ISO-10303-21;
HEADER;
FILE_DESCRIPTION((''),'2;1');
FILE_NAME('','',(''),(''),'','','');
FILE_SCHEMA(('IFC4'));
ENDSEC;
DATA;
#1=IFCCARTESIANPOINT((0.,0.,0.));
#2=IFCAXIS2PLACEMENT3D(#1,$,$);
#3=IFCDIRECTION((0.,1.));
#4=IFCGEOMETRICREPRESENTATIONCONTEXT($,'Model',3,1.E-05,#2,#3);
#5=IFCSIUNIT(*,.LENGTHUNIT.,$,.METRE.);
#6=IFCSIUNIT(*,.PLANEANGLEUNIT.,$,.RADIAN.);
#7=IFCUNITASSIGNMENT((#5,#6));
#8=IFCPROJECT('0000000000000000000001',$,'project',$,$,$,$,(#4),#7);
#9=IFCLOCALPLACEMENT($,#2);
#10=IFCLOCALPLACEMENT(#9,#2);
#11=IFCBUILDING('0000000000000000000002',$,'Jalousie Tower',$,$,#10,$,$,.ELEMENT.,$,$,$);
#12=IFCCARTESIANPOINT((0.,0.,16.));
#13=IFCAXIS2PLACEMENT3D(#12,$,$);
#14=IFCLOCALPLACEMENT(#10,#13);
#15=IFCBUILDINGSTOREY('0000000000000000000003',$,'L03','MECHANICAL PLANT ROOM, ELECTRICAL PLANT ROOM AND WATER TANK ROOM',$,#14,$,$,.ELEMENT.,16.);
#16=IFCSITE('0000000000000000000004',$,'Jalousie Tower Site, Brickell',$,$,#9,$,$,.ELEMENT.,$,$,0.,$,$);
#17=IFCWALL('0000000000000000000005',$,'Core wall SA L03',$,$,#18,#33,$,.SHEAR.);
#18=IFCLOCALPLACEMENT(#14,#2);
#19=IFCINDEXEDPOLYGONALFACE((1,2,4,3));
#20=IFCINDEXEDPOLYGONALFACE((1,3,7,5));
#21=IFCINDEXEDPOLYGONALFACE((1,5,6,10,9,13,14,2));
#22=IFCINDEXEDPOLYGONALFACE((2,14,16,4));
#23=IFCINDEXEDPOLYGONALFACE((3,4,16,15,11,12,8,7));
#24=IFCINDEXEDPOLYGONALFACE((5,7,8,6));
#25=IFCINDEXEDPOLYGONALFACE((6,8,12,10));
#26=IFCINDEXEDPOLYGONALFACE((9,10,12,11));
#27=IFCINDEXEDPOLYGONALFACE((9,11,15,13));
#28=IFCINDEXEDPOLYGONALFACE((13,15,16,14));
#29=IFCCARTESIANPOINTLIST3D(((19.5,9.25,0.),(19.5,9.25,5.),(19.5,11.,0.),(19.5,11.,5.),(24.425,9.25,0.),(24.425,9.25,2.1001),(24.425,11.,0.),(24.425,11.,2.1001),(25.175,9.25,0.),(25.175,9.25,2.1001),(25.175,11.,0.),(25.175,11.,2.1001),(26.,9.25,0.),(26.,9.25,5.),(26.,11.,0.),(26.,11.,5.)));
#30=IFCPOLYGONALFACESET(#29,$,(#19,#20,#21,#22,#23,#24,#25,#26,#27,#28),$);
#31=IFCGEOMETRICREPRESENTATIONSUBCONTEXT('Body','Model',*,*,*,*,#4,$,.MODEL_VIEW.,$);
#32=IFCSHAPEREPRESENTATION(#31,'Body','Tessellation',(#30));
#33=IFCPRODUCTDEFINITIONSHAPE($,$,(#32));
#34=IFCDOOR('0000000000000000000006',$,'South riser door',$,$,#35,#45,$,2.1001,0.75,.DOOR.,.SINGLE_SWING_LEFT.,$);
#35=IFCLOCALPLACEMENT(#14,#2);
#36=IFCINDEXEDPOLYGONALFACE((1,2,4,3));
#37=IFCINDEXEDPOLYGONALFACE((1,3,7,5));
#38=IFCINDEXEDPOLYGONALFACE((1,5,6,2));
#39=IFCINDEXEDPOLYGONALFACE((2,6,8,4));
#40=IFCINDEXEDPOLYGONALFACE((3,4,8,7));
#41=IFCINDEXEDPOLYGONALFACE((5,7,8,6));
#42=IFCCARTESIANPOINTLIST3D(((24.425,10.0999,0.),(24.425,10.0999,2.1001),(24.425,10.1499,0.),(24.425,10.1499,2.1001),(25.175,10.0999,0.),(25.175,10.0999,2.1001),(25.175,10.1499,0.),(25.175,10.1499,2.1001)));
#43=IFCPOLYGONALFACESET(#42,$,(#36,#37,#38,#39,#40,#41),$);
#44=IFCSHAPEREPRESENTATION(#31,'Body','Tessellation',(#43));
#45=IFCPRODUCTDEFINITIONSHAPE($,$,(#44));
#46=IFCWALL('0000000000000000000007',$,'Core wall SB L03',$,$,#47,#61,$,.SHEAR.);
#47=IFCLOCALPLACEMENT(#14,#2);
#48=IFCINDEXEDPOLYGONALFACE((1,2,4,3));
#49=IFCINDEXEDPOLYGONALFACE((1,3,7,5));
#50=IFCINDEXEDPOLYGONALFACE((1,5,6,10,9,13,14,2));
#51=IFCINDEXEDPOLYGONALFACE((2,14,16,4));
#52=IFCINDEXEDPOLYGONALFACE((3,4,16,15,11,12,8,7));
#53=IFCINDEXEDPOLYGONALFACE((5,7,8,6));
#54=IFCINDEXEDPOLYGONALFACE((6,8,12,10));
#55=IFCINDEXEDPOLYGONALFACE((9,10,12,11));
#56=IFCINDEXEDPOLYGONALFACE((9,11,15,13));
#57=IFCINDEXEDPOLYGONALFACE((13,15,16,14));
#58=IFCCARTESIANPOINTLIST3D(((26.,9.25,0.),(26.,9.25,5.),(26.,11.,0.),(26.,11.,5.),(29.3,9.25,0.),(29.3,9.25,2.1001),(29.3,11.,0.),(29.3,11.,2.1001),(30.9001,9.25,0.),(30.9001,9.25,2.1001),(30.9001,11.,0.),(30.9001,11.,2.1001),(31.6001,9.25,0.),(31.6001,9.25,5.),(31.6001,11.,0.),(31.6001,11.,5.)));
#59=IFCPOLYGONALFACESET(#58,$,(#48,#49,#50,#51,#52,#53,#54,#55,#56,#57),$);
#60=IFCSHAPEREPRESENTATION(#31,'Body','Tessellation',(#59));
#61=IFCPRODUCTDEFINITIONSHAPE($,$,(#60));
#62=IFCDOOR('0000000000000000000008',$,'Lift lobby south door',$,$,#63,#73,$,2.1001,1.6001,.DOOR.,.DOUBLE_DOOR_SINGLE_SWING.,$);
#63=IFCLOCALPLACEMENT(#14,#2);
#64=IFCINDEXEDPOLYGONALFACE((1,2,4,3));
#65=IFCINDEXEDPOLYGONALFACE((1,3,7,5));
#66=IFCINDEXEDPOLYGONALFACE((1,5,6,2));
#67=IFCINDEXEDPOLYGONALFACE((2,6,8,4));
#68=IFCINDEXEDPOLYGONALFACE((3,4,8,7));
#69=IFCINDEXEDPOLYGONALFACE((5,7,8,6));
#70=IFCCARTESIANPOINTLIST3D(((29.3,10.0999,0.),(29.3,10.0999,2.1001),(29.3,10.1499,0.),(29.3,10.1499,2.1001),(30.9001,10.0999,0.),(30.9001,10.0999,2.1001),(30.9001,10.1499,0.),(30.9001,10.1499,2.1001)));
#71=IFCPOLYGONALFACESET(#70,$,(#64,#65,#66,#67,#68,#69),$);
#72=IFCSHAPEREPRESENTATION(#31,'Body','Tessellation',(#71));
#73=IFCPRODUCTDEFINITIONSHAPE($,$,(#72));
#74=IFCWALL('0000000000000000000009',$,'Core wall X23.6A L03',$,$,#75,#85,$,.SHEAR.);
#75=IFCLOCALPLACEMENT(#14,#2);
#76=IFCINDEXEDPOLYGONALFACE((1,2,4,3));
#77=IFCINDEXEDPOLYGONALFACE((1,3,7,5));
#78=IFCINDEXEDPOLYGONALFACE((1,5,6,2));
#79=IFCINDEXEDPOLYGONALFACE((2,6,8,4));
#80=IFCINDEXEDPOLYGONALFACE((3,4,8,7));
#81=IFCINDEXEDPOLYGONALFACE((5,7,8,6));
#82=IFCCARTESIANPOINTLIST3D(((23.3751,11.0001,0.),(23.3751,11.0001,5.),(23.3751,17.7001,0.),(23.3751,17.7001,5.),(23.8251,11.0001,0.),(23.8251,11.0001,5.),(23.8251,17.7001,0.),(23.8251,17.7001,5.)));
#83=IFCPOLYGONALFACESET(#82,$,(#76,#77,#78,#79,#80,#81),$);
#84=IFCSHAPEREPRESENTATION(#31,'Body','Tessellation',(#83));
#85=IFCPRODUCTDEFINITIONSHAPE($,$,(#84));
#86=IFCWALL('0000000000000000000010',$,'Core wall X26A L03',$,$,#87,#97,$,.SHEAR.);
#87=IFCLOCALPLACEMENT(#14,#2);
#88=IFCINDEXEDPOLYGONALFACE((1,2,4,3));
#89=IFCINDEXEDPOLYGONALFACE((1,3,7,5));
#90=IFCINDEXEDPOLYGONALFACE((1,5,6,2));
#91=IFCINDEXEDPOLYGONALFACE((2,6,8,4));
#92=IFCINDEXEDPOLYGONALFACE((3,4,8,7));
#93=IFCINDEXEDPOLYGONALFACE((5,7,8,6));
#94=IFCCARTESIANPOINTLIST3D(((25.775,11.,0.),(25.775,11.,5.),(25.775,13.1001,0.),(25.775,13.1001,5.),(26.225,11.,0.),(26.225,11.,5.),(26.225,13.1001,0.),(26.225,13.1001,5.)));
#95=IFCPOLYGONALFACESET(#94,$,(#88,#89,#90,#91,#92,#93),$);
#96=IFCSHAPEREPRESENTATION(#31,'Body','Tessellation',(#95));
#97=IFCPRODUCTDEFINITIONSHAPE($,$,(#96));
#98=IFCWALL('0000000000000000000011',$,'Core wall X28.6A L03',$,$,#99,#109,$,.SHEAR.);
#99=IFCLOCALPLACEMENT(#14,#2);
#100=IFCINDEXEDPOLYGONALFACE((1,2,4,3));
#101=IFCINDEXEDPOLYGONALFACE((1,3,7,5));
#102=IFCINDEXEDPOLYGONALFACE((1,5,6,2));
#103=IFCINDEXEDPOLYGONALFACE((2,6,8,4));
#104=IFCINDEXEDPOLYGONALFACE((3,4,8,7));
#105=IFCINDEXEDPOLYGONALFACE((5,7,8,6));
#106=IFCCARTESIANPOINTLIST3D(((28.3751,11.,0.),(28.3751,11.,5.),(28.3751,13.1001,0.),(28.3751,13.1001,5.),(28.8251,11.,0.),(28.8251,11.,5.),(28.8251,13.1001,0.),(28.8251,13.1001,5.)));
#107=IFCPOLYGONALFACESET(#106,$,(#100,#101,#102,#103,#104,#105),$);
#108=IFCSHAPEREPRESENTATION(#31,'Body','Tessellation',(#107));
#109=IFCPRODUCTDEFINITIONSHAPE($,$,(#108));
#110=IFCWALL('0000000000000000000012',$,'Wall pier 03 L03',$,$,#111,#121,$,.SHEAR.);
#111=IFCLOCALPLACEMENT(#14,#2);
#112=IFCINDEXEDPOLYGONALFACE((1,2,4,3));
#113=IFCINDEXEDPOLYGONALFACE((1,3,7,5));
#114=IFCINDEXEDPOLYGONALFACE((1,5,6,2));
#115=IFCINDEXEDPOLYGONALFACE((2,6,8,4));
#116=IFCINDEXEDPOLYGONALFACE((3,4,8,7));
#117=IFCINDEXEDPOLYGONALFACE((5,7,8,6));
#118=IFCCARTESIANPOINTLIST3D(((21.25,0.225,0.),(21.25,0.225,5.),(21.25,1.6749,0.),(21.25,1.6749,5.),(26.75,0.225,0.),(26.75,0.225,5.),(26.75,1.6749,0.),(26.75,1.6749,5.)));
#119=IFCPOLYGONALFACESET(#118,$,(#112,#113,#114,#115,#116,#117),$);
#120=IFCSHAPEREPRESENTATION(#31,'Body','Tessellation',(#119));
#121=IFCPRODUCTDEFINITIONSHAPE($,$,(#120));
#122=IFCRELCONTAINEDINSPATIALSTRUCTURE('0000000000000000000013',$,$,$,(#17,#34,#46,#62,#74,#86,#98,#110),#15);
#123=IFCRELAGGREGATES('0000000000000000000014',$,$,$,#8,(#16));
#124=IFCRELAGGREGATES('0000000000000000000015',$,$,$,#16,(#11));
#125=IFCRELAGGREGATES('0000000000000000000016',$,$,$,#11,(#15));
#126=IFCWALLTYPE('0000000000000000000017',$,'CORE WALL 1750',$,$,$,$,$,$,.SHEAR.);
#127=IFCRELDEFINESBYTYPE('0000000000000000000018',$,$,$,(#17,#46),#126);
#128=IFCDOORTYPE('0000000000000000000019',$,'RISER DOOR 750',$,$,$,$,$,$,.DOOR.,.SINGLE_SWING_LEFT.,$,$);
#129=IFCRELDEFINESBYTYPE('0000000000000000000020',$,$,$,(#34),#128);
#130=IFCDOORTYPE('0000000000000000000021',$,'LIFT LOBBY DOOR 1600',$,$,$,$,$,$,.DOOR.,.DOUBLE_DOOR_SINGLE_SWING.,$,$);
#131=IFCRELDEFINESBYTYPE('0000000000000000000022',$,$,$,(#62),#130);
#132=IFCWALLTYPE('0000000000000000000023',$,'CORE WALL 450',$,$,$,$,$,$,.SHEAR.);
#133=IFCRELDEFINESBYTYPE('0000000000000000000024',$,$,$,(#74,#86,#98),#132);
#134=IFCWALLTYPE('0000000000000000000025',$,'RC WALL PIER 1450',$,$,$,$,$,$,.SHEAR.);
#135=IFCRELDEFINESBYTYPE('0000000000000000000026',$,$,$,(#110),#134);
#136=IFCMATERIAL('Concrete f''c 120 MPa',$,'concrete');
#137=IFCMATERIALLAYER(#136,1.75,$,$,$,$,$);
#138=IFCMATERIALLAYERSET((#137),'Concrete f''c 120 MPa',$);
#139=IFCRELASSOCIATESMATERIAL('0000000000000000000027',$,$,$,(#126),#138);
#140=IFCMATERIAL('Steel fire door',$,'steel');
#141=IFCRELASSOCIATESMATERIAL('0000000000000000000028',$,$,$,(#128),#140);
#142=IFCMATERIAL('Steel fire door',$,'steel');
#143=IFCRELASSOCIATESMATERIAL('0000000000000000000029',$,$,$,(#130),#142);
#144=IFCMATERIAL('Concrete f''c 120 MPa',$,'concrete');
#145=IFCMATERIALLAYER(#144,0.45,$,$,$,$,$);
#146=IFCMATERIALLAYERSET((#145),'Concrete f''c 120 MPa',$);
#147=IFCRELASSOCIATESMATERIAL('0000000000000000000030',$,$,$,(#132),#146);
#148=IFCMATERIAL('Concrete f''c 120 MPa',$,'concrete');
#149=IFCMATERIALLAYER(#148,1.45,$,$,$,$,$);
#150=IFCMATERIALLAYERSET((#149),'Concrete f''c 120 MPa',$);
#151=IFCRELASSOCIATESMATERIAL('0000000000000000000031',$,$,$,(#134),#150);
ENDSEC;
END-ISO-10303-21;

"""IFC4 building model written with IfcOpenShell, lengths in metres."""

from ifc_helpers import new_model, si_unit, direction, frame, frame_2d, origin, place, context, subcontext, project, spatial, rectangle, extrude, material, layer, layer_set, type_object, element, fill, save


model = new_model("IFC4")

# Units and contexts
model_context = context("Model", 3, precision=1e-05, world=origin(), true_north=direction((0.0, 1.0)))
body_context = subcontext(model_context, "Body", "Model", "MODEL_VIEW")
ifc_project = project(units=[si_unit("LENGTHUNIT", "METRE"), si_unit("PLANEANGLEUNIT", "RADIAN")], contexts=[model_context])

# Site, building, storey
site_placement = place(None, origin())
site = spatial("IfcSite", under=ifc_project, at=site_placement, Name="Jalousie Tower Site, Brickell", CompositionType="ELEMENT", RefElevation=0.0)
building_placement = place(site_placement, origin())
building = spatial("IfcBuilding", under=site, at=building_placement, Name="Jalousie Tower", CompositionType="ELEMENT")
storey_placement = place(building_placement, frame((0.0, 0.0, 16.0)))
storey = spatial("IfcBuildingStorey", under=building, at=storey_placement, Name="L03", Description="MECHANICAL PLANT ROOM, ELECTRICAL PLANT ROOM AND WATER TANK ROOM", CompositionType="ELEMENT", Elevation=16.0)

# Walls, openings, doors
ifc_material_1 = material(Name="Concrete f'c 120 MPa", Category="concrete")
ifc_layer_1 = layer(ifc_material_1, 1.75)
ifc_layer_set_1 = layer_set([ifc_layer_1], Name="Concrete f'c 120 MPa")
wall_type_1 = type_object("IfcWallType", Name="CORE WALL 1750", PredefinedType="SHEAR", material=ifc_layer_set_1)
wall_1_placement = place(storey_placement, frame((19.5, 10.125, 0.0), z_axis=(0.0, 0.0, 1.0), x_axis=(1.0, 0.0, 0.0)))
wall_1 = element("IfcWall", 1, at=wall_1_placement, inside=storey, type_object=wall_type_1, Name="Core wall SA L03", PredefinedType="SHEAR", context=body_context, shape_type="SweptSolid", body=[
    extrude(rectangle(XDim=6.5, YDim=1.75, at=frame_2d((3.25, 0.0))), origin(), (0.0, 0.0, 1.0), 5.0),
])
opening_1_placement = place(wall_1_placement, frame((4.925, 0.0, 0.0)))
opening_1 = element("IfcOpeningElement", 2, at=opening_1_placement, cuts=wall_1, PredefinedType="OPENING", context=body_context, shape_type="SweptSolid", body=[
    extrude(rectangle(XDim=0.75, YDim=2.1001, at=frame_2d((0.375, 1.05))), frame((0.0, 0.885, 0.0), z_axis=(0.0, -1.0, 0.0), x_axis=(1.0, 0.0, 0.0)), (0.0, 0.0, 1.0), 1.77),
])
ifc_material_2 = material(Name="Steel fire door", Category="steel")
door_type_1 = type_object("IfcDoorType", Name="RISER DOOR 750", OperationType="SINGLE_SWING_LEFT", PredefinedType="DOOR", material=ifc_material_2)
door_1_placement = place(opening_1_placement, origin())
door_1 = element("IfcDoor", 3, at=door_1_placement, inside=storey, type_object=door_type_1, Name="South riser door", OperationType="SINGLE_SWING_LEFT", OverallHeight=2.1001, OverallWidth=0.75, PredefinedType="DOOR", context=body_context, shape_type="SweptSolid", body=[
    extrude(rectangle(XDim=0.75, YDim=2.1001, at=frame_2d((0.375, 1.05))), frame((0.0, 0.0249, 0.0), z_axis=(0.0, -1.0, 0.0), x_axis=(1.0, 0.0, 0.0)), (0.0, 0.0, 1.0), 0.05),
])
fill(opening_1, door_1)
wall_2_placement = place(storey_placement, frame((26.0, 10.125, 0.0), z_axis=(0.0, 0.0, 1.0), x_axis=(1.0, 0.0, 0.0)))
wall_2 = element("IfcWall", 4, at=wall_2_placement, inside=storey, type_object=wall_type_1, Name="Core wall SB L03", PredefinedType="SHEAR", context=body_context, shape_type="SweptSolid", body=[
    extrude(rectangle(XDim=5.6001, YDim=1.75, at=frame_2d((2.8, 0.0))), origin(), (0.0, 0.0, 1.0), 5.0),
])
opening_2_placement = place(wall_2_placement, frame((3.3, 0.0, 0.0)))
opening_2 = element("IfcOpeningElement", 5, at=opening_2_placement, cuts=wall_2, PredefinedType="OPENING", context=body_context, shape_type="SweptSolid", body=[
    extrude(rectangle(XDim=1.6001, YDim=2.1001, at=frame_2d((0.8, 1.05))), frame((0.0, 0.885, 0.0), z_axis=(0.0, -1.0, 0.0), x_axis=(1.0, 0.0, 0.0)), (0.0, 0.0, 1.0), 1.77),
])
ifc_material_3 = material(Name="Steel fire door", Category="steel")
door_type_2 = type_object("IfcDoorType", Name="LIFT LOBBY DOOR 1600", OperationType="DOUBLE_DOOR_SINGLE_SWING", PredefinedType="DOOR", material=ifc_material_3)
door_2_placement = place(opening_2_placement, origin())
door_2 = element("IfcDoor", 6, at=door_2_placement, inside=storey, type_object=door_type_2, Name="Lift lobby south door", OperationType="DOUBLE_DOOR_SINGLE_SWING", OverallHeight=2.1001, OverallWidth=1.6001, PredefinedType="DOOR", context=body_context, shape_type="SweptSolid", body=[
    extrude(rectangle(XDim=1.6001, YDim=2.1001, at=frame_2d((0.8, 1.05))), frame((0.0, 0.0249, 0.0), z_axis=(0.0, -1.0, 0.0), x_axis=(1.0, 0.0, 0.0)), (0.0, 0.0, 1.0), 0.05),
])
fill(opening_2, door_2)

# Walls
ifc_material_4 = material(Name="Concrete f'c 120 MPa", Category="concrete")
ifc_layer_2 = layer(ifc_material_4, 0.45)
ifc_layer_set_2 = layer_set([ifc_layer_2], Name="Concrete f'c 120 MPa")
wall_type_2 = type_object("IfcWallType", Name="CORE WALL 450", PredefinedType="SHEAR", material=ifc_layer_set_2)
wall_3_placement = place(storey_placement, frame((23.6001, 11.0, 0.0), z_axis=(0.0, 0.0, 1.0), x_axis=(0.0, 1.0, 0.0)))
element("IfcWall", 7, at=wall_3_placement, inside=storey, type_object=wall_type_2, Name="Core wall X23.6A L03", PredefinedType="SHEAR", context=body_context, shape_type="SweptSolid", body=[
    extrude(rectangle(XDim=6.7, YDim=0.45, at=frame_2d((3.3501, 0.0))), origin(), (0.0, 0.0, 1.0), 5.0),
])
for number, where, z_axis, x_axis, name in (
    (8, (26.0, 11.0, 0.0), (0.0, 0.0, 1.0), (0.0, 1.0, 0.0), "Core wall X26A L03"),
    (9, (28.6001, 11.0, 0.0), (0.0, 0.0, 1.0), (0.0, 1.0, 0.0), "Core wall X28.6A L03"),
):
    element("IfcWall", number, at=place(storey_placement, frame(where, z_axis=z_axis, x_axis=x_axis)), inside=storey, type_object=wall_type_2, Name=name, PredefinedType="SHEAR", context=body_context, shape_type="SweptSolid", body=[
        extrude(rectangle(XDim=2.1001, YDim=0.45, at=frame_2d((1.05, 0.0))), origin(), (0.0, 0.0, 1.0), 5.0),
    ])
ifc_material_5 = material(Name="Concrete f'c 120 MPa", Category="concrete")
ifc_layer_3 = layer(ifc_material_5, 1.45)
ifc_layer_set_3 = layer_set([ifc_layer_3], Name="Concrete f'c 120 MPa")
wall_type_3 = type_object("IfcWallType", Name="RC WALL PIER 1450", PredefinedType="SHEAR", material=ifc_layer_set_3)
wall_4_placement = place(storey_placement, frame((21.25, 0.95, 0.0), z_axis=(0.0, 0.0, 1.0), x_axis=(1.0, 0.0, 0.0)))
element("IfcWall", 10, at=wall_4_placement, inside=storey, type_object=wall_type_3, Name="Wall pier 03 L03", PredefinedType="SHEAR", context=body_context, shape_type="SweptSolid", body=[
    extrude(rectangle(XDim=5.5, YDim=1.45, at=frame_2d((2.75, 0.0))), origin(), (0.0, 0.0, 1.0), 5.0),
])

save(model, "model.ifc")
